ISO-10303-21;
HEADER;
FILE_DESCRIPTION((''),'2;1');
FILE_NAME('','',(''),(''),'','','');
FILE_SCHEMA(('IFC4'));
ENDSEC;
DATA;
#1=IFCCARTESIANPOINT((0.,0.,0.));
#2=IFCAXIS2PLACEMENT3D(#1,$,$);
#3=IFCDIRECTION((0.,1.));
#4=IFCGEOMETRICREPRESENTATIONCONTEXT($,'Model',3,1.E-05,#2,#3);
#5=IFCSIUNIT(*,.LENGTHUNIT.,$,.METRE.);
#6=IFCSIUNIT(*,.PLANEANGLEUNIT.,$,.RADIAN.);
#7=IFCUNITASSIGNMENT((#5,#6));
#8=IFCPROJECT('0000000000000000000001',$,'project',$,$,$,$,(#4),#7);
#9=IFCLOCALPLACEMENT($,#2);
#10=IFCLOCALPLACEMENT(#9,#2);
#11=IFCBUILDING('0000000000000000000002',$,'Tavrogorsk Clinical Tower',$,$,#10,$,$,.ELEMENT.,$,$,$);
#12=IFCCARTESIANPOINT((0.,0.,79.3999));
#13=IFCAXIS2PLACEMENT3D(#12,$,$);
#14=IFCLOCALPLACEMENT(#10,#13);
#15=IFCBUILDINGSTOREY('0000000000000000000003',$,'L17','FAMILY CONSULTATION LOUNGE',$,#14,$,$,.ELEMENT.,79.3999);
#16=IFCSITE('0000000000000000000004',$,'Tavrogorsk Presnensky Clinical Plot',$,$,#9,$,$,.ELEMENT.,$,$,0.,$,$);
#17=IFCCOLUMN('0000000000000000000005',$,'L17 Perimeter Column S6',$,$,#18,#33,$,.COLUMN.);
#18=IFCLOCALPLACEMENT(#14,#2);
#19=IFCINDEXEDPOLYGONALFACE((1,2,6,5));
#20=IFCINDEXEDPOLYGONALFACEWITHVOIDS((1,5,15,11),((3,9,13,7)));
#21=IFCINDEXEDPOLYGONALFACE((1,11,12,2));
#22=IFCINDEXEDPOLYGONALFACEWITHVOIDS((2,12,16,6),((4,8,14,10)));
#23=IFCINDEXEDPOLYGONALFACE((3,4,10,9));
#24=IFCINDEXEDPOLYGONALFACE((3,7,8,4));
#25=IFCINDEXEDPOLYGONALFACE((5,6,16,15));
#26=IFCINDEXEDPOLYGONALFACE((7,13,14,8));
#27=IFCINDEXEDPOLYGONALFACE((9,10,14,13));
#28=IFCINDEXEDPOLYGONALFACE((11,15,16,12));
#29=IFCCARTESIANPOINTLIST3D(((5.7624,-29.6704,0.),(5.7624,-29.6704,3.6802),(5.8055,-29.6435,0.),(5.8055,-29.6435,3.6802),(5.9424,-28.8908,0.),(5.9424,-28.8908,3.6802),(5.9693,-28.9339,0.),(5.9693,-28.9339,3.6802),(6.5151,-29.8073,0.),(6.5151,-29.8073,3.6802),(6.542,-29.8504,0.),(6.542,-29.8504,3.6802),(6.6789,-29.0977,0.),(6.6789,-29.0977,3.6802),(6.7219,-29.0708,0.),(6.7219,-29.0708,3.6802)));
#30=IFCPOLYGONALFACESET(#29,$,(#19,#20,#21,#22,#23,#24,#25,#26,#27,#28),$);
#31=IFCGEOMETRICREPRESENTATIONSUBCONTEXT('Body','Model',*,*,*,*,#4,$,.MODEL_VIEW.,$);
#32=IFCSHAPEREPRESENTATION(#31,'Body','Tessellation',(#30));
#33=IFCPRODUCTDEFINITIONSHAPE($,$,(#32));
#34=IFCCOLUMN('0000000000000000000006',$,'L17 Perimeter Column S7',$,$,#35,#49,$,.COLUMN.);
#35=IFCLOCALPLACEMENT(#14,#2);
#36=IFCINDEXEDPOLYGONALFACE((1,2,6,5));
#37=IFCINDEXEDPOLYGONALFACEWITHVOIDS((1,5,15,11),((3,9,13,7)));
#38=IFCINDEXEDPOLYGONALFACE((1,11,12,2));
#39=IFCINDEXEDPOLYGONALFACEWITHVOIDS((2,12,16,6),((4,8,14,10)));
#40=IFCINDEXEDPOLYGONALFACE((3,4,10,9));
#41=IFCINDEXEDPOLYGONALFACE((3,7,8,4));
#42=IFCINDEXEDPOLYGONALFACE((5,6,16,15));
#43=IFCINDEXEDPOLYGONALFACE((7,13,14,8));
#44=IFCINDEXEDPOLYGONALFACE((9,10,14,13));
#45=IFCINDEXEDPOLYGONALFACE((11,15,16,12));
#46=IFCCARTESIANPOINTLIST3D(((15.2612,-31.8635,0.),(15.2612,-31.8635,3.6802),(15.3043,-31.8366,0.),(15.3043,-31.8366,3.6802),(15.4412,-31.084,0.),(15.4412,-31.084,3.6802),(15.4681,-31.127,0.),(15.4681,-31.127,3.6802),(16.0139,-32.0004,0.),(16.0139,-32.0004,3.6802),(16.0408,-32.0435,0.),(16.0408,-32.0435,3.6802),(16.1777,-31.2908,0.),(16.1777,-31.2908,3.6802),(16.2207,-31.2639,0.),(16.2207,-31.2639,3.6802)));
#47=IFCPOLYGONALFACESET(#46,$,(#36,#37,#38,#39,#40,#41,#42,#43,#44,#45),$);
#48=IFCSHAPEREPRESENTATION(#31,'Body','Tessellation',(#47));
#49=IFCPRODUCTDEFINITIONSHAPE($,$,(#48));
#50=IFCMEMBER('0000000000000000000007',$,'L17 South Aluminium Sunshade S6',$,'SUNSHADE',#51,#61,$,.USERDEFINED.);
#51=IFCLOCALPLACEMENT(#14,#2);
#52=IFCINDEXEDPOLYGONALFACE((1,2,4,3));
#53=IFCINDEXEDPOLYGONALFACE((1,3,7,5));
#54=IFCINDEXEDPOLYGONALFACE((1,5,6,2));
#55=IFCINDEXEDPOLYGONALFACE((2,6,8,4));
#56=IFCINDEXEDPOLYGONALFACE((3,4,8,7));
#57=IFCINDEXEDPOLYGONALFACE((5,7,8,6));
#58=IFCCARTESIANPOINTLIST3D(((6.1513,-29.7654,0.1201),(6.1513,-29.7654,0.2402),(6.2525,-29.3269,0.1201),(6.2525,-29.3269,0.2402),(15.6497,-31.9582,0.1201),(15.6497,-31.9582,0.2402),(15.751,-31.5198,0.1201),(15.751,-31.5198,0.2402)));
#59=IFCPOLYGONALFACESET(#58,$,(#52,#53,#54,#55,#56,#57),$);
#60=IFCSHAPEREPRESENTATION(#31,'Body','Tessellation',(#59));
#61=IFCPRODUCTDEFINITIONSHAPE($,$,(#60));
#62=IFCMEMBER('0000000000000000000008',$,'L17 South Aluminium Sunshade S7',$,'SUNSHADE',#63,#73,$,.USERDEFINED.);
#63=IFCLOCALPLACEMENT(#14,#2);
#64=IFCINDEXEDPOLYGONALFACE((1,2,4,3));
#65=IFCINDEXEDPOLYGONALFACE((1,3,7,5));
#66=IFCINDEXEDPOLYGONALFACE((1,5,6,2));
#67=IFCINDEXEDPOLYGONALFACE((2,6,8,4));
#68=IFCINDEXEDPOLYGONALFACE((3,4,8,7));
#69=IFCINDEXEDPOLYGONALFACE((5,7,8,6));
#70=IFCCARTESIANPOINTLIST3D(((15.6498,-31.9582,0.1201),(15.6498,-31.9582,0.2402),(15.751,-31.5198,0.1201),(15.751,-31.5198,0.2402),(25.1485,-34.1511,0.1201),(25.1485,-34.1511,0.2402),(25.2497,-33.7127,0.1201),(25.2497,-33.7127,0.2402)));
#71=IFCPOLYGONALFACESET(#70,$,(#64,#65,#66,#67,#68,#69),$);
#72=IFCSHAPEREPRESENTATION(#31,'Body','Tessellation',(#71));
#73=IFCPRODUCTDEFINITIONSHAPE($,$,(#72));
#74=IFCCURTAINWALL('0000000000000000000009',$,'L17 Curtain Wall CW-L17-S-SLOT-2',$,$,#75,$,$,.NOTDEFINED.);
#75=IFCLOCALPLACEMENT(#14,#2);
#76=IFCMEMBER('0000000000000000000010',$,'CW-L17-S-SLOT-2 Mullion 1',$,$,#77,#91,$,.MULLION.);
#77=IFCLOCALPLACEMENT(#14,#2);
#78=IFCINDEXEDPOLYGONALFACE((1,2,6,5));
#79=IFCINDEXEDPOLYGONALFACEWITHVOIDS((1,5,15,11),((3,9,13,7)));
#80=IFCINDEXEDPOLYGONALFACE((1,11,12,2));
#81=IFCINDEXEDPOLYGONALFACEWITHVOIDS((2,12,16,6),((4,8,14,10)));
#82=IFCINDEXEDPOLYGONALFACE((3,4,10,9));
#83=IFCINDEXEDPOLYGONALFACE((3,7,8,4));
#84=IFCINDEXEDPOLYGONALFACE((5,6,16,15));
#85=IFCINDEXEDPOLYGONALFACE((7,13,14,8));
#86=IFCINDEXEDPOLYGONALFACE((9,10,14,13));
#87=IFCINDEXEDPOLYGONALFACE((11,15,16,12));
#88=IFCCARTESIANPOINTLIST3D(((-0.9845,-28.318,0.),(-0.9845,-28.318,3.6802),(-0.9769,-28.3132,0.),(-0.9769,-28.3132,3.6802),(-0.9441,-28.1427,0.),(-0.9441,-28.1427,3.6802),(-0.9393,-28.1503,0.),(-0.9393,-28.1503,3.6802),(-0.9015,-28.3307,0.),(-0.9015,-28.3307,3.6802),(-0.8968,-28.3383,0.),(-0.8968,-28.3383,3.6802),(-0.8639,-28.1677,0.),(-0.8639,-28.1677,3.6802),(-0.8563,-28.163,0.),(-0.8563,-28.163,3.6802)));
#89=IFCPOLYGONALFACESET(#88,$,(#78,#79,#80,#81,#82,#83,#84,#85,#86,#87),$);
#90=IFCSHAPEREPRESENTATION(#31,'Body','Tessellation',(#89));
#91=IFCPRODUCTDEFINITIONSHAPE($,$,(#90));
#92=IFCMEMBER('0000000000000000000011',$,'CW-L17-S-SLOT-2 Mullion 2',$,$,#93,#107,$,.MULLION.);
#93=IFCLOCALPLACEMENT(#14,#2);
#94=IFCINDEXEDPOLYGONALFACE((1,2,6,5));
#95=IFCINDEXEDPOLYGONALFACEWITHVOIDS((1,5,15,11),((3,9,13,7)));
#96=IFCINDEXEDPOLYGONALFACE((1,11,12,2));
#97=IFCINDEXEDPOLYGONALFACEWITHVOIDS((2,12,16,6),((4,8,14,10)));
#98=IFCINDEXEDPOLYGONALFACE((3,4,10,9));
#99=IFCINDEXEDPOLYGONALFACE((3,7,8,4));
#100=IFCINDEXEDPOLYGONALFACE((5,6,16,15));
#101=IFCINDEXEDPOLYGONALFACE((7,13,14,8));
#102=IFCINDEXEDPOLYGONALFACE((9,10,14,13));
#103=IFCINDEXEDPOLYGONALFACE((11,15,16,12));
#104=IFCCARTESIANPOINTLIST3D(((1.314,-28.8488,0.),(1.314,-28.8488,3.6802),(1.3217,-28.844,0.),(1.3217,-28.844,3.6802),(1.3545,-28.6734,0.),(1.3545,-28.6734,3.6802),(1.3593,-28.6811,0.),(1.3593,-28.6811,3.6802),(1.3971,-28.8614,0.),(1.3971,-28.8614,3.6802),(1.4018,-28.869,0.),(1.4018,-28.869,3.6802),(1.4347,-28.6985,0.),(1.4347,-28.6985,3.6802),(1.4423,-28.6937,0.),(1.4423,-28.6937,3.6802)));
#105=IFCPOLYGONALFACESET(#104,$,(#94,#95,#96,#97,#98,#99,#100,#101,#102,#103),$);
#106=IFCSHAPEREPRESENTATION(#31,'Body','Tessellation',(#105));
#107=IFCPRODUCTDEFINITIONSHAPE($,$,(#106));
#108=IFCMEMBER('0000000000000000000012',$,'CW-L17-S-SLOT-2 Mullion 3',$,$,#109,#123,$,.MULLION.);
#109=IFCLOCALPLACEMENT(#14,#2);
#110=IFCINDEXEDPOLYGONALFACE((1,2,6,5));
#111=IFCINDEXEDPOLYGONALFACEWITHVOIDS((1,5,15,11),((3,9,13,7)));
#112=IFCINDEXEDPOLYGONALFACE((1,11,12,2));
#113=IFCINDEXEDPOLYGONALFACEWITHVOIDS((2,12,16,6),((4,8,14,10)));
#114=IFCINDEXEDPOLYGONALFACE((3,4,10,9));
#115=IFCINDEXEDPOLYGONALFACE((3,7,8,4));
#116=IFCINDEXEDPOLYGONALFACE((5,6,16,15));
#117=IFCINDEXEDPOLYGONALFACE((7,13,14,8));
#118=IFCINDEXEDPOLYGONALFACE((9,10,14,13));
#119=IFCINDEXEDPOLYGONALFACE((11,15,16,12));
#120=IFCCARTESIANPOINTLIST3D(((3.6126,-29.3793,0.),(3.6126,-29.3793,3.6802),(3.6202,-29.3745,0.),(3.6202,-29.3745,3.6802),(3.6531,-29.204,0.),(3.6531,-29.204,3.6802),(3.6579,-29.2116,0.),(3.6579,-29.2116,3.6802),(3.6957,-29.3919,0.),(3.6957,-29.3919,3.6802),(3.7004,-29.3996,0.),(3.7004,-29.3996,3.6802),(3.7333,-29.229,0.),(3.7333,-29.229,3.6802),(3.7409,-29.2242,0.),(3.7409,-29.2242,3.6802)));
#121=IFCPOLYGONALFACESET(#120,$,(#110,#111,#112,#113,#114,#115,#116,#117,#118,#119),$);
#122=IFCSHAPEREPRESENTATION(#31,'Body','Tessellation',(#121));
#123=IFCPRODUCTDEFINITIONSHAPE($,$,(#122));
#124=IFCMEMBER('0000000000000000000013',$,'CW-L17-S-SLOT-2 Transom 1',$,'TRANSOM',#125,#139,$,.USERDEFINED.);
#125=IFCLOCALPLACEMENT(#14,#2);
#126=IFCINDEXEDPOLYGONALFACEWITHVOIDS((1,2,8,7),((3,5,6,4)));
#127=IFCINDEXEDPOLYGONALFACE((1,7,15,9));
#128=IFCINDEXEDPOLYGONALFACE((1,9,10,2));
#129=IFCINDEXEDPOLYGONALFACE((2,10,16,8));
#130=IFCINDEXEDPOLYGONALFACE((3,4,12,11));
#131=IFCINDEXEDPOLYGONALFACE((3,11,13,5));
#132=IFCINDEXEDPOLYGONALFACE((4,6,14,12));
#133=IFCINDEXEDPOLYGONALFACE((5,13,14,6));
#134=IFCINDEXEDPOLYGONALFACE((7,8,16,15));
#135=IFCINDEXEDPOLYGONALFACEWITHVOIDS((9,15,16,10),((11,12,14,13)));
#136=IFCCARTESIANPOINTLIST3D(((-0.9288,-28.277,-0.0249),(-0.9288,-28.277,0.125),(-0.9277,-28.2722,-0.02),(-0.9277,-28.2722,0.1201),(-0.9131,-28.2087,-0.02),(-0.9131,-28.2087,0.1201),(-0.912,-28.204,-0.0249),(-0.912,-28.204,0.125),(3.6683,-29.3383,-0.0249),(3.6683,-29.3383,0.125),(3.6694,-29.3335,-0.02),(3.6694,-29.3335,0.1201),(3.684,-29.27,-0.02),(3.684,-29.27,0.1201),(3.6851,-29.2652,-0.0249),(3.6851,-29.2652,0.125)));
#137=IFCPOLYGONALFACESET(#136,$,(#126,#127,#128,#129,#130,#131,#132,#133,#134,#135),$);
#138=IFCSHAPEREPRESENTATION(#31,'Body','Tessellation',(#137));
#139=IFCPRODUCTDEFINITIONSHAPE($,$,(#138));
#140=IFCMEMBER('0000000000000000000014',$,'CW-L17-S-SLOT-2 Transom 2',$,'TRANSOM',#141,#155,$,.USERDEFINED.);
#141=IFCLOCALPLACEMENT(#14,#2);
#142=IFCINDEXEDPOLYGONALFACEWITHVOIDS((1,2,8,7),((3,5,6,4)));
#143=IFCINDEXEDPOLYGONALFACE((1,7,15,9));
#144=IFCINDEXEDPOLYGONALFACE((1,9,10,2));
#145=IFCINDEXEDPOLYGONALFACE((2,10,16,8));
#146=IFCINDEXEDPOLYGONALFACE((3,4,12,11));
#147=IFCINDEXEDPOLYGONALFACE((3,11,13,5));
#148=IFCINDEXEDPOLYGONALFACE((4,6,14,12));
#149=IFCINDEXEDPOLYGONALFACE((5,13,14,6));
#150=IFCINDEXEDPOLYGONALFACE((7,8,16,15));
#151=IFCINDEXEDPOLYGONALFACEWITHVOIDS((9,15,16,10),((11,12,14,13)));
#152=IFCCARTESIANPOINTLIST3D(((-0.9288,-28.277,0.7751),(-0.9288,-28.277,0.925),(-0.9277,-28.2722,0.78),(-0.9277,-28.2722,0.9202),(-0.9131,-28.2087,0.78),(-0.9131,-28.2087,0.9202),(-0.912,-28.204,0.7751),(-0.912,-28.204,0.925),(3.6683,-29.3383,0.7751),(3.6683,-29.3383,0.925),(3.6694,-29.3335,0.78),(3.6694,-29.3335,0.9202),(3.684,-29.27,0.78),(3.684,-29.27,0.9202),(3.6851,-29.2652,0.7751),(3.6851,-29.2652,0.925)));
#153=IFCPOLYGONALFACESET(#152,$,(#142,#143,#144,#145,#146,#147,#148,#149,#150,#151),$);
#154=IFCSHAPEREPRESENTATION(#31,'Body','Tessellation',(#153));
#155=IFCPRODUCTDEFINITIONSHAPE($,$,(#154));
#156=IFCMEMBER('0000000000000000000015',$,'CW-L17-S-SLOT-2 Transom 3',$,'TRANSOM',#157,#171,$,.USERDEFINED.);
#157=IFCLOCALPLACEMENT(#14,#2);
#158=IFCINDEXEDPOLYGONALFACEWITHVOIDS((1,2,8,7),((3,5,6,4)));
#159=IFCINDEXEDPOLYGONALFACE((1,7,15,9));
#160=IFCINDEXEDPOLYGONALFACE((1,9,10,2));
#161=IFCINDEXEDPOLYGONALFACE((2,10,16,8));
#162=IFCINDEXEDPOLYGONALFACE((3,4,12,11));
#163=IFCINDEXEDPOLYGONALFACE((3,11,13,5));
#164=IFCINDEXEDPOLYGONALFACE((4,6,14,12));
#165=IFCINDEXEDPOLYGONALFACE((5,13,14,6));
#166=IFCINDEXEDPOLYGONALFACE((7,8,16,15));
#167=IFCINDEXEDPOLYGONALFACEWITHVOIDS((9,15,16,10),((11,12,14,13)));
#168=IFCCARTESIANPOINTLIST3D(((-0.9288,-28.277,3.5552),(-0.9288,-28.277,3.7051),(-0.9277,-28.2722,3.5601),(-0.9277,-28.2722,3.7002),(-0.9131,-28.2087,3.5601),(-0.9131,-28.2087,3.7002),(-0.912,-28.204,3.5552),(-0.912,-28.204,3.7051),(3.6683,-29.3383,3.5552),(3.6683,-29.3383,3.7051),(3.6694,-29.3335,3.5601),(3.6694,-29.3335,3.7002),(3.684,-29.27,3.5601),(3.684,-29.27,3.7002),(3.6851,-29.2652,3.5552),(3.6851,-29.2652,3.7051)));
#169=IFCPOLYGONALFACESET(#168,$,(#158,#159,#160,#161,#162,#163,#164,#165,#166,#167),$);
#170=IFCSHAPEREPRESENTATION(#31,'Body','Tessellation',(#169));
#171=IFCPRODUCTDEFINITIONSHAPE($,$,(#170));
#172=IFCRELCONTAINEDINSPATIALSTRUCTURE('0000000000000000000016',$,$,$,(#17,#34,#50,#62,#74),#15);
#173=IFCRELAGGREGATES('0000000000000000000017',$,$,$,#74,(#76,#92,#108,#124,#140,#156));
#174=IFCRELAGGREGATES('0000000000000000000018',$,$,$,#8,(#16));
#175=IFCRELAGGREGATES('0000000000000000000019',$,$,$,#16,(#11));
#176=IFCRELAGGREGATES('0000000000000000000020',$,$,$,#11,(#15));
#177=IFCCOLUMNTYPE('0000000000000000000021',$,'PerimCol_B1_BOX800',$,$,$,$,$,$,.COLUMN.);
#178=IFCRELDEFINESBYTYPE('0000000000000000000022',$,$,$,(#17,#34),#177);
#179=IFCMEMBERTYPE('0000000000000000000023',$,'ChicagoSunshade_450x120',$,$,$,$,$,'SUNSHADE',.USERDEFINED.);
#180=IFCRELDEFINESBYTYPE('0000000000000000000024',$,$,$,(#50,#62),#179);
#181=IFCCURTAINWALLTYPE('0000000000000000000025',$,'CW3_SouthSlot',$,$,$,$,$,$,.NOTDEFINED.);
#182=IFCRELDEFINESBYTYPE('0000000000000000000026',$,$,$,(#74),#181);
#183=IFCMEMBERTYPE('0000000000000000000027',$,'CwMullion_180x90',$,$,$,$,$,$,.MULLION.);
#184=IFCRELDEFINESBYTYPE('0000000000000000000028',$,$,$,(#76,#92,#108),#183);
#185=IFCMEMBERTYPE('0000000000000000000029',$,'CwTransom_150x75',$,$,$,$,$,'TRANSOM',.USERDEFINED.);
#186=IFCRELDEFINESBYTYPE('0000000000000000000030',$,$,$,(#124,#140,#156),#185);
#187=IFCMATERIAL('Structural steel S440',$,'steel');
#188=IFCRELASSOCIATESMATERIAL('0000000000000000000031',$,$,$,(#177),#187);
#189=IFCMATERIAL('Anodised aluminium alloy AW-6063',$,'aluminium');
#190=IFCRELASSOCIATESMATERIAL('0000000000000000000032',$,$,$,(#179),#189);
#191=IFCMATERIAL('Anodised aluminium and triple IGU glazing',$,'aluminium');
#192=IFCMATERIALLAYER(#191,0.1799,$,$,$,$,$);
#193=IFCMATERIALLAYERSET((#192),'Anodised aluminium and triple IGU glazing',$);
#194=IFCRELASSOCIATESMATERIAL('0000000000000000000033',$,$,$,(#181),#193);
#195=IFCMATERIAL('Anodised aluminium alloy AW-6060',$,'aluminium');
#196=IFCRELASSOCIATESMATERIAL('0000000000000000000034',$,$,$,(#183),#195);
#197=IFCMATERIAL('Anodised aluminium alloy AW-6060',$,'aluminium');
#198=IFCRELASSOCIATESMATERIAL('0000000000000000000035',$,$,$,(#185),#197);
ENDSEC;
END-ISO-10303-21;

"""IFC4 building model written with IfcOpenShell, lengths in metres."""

from ifc_helpers import new_model, si_unit, direction, frame, origin, origin_2d, place, context, subcontext, project, spatial, rectangle, hollow_rectangle, extrude, material, layer, layer_set, material_profile, profile_set, type_object, element, aggregate, save


model = new_model("IFC4")

# Units and contexts
model_context = context("Model", 3, precision=1e-05, world=origin(), true_north=direction((0.0, 1.0)))
body_context = subcontext(model_context, "Body", "Model", "MODEL_VIEW")
ifc_project = project(units=[si_unit("LENGTHUNIT", "METRE"), si_unit("PLANEANGLEUNIT", "RADIAN")], contexts=[model_context])

# Site, building, storey
site_placement = place(None, origin())
site = spatial("IfcSite", under=ifc_project, at=site_placement, Name="Tavrogorsk Presnensky Clinical Plot", CompositionType="ELEMENT", RefElevation=0.0)
building_placement = place(site_placement, origin())
building = spatial("IfcBuilding", under=site, at=building_placement, Name="Tavrogorsk Clinical Tower", CompositionType="ELEMENT")
storey_placement = place(building_placement, frame((0.0, 0.0, 79.3999)))
storey = spatial("IfcBuildingStorey", under=building, at=storey_placement, Name="L17", Description="FAMILY CONSULTATION LOUNGE", CompositionType="ELEMENT", Elevation=79.3999)

# Columns
ifc_material_1 = material(Name="Structural steel S440", Category="steel")
ifc_material_profile_1 = material_profile(ifc_material_1, hollow_rectangle(XDim=0.8, YDim=0.8, WallThickness=0.0359, at=origin_2d()), Name="BOX-800x800x36")
ifc_profile_set_1 = profile_set([ifc_material_profile_1], Name="Structural steel S440")
column_type = type_object("IfcColumnType", Name="PerimCol_B1_BOX800", PredefinedType="COLUMN", material=ifc_profile_set_1)
for number, where, z_axis, x_axis, name in (
    (1, (6.2422, -29.3706, 0.0), (0.0, 0.0, 1.0), (0.97437, -0.224951, 0.0), "L17 Perimeter Column S6"),
    (2, (15.741, -31.5637, 0.0), (0.0, 0.0, 1.0), (0.97437, -0.224951, 0.0), "L17 Perimeter Column S7"),
):
    element("IfcColumn", number, at=place(storey_placement, frame(where, z_axis=z_axis, x_axis=x_axis)), inside=storey, type_object=column_type, Name=name, PredefinedType="COLUMN", context=body_context, shape_type="SweptSolid", body=[
        extrude(hollow_rectangle(XDim=0.8, YDim=0.8, WallThickness=0.0359, at=origin_2d()), origin(), (0.0, 0.0, 1.0), 3.6802),
    ])

# Members
ifc_material_2 = material(Name="Anodised aluminium alloy AW-6063", Category="aluminium")
ifc_material_profile_2 = material_profile(ifc_material_2, rectangle(XDim=0.45, YDim=0.1201, at=origin_2d()), Name="ALU-SUNSHADE-450x120")
ifc_profile_set_2 = profile_set([ifc_material_profile_2], Name="Anodised aluminium alloy AW-6063")
member_type_1 = type_object("IfcMemberType", Name="ChicagoSunshade_450x120", ElementType="SUNSHADE", PredefinedType="USERDEFINED", material=ifc_profile_set_2)
member_1_placement = place(storey_placement, frame((6.2019, -29.5461, 0.1802), z_axis=(0.974371, -0.224947, 0.0), x_axis=(0.224947, 0.974371, 0.0)))
element("IfcMember", 3, at=member_1_placement, inside=storey, type_object=member_type_1, Name="L17 South Aluminium Sunshade S6", ObjectType="SUNSHADE", PredefinedType="USERDEFINED", context=body_context, shape_type="SweptSolid", body=[
    extrude(rectangle(XDim=0.45, YDim=0.1201, at=origin_2d()), origin(), (0.0, 0.0, 1.0), 9.7483),
])
member_2_placement = place(storey_placement, frame((15.7004, -31.739, 0.1802), z_axis=(0.974372, -0.224942, 0.0), x_axis=(0.224942, 0.974372, 0.0)))
element("IfcMember", 4, at=member_2_placement, inside=storey, type_object=member_type_1, Name="L17 South Aluminium Sunshade S7", ObjectType="SUNSHADE", PredefinedType="USERDEFINED", context=body_context, shape_type="SweptSolid", body=[
    extrude(rectangle(XDim=0.45, YDim=0.1201, at=origin_2d()), origin(), (0.0, 0.0, 1.0), 9.7485),
])

# Curtain wall, members
ifc_material_3 = material(Name="Anodised aluminium and triple IGU glazing", Category="aluminium")
ifc_layer_1 = layer(ifc_material_3, 0.1799)
ifc_layer_set_1 = layer_set([ifc_layer_1], Name="Anodised aluminium and triple IGU glazing")
curtain_wall_type = type_object("IfcCurtainWallType", Name="CW3_SouthSlot", PredefinedType="NOTDEFINED", material=ifc_layer_set_1)
curtain_wall_placement = place(storey_placement, origin())
curtain_wall = element("IfcCurtainWall", 5, at=curtain_wall_placement, inside=storey, type_object=curtain_wall_type, Name="L17 Curtain Wall CW-L17-S-SLOT-2", PredefinedType="NOTDEFINED")
ifc_material_4 = material(Name="Anodised aluminium alloy AW-6060", Category="aluminium")
ifc_material_profile_3 = material_profile(ifc_material_4, hollow_rectangle(XDim=0.0901, YDim=0.1799, WallThickness=0.0063, at=origin_2d()), Name="RHS-180x90x6.3")
ifc_profile_set_3 = profile_set([ifc_material_profile_3], Name="Anodised aluminium alloy AW-6060")
member_type_2 = type_object("IfcMemberType", Name="CwMullion_180x90", PredefinedType="MULLION", material=ifc_profile_set_3)
member_3_placement = place(storey_placement, frame((-0.9204, -28.2405, 0.0), z_axis=(0.0, 0.0, 1.0), x_axis=(0.97437, -0.224951, 0.0)))
member_3 = element("IfcMember", 6, at=member_3_placement, type_object=member_type_2, Name="CW-L17-S-SLOT-2 Mullion 1", PredefinedType="MULLION", context=body_context, shape_type="SweptSolid", body=[
    extrude(hollow_rectangle(XDim=0.0901, YDim=0.1799, WallThickness=0.0063, at=origin_2d()), origin(), (0.0, 0.0, 1.0), 3.6802),
])
member_4_placement = place(storey_placement, frame((1.3782, -28.7712, 0.0), z_axis=(0.0, 0.0, 1.0), x_axis=(0.97437, -0.224951, 0.0)))
member_4 = element("IfcMember", 7, at=member_4_placement, type_object=member_type_2, Name="CW-L17-S-SLOT-2 Mullion 2", PredefinedType="MULLION", context=body_context, shape_type="SweptSolid", body=[
    extrude(hollow_rectangle(XDim=0.0901, YDim=0.1799, WallThickness=0.0063, at=origin_2d()), origin(), (0.0, 0.0, 1.0), 3.6802),
])
member_5_placement = place(storey_placement, frame((3.6768, -29.3018, 0.0), z_axis=(0.0, 0.0, 1.0), x_axis=(0.97437, -0.224951, 0.0)))
member_5 = element("IfcMember", 8, at=member_5_placement, type_object=member_type_2, Name="CW-L17-S-SLOT-2 Mullion 3", PredefinedType="MULLION", context=body_context, shape_type="SweptSolid", body=[
    extrude(hollow_rectangle(XDim=0.0901, YDim=0.1799, WallThickness=0.0063, at=origin_2d()), origin(), (0.0, 0.0, 1.0), 3.6802),
])
ifc_material_5 = material(Name="Anodised aluminium alloy AW-6060", Category="aluminium")
ifc_material_profile_4 = material_profile(ifc_material_5, hollow_rectangle(XDim=0.075, YDim=0.1499, WallThickness=0.0049, at=origin_2d()), Name="RHS-150x75x5")
ifc_profile_set_4 = profile_set([ifc_material_profile_4], Name="Anodised aluminium alloy AW-6060")
member_type_3 = type_object("IfcMemberType", Name="CwTransom_150x75", ElementType="TRANSOM", PredefinedType="USERDEFINED", material=ifc_profile_set_4)
member_6_placement = place(storey_placement, frame((-0.9204, -28.2405, 0.05), z_axis=(0.974373, -0.224939, 0.0), x_axis=(0.224939, 0.974373, 0.0)))
member_6 = element("IfcMember", 9, at=member_6_placement, type_object=member_type_3, Name="CW-L17-S-SLOT-2 Transom 1", ObjectType="TRANSOM", PredefinedType="USERDEFINED", context=body_context, shape_type="SweptSolid", body=[
    extrude(hollow_rectangle(XDim=0.075, YDim=0.1499, WallThickness=0.0049, at=origin_2d()), origin(), (0.0, 0.0, 1.0), 4.718),
])
member_7_placement = place(storey_placement, frame((-0.9204, -28.2405, 0.8501), z_axis=(0.974373, -0.224939, 0.0), x_axis=(0.224939, 0.974373, 0.0)))
member_7 = element("IfcMember", 10, at=member_7_placement, type_object=member_type_3, Name="CW-L17-S-SLOT-2 Transom 2", ObjectType="TRANSOM", PredefinedType="USERDEFINED", context=body_context, shape_type="SweptSolid", body=[
    extrude(hollow_rectangle(XDim=0.075, YDim=0.1499, WallThickness=0.0049, at=origin_2d()), origin(), (0.0, 0.0, 1.0), 4.718),
])
member_8_placement = place(storey_placement, frame((-0.9204, -28.2405, 3.6301), z_axis=(0.974373, -0.224939, 0.0), x_axis=(0.224939, 0.974373, 0.0)))
member_8 = element("IfcMember", 11, at=member_8_placement, type_object=member_type_3, Name="CW-L17-S-SLOT-2 Transom 3", ObjectType="TRANSOM", PredefinedType="USERDEFINED", context=body_context, shape_type="SweptSolid", body=[
    extrude(hollow_rectangle(XDim=0.075, YDim=0.1499, WallThickness=0.0049, at=origin_2d()), origin(), (0.0, 0.0, 1.0), 4.718),
])

aggregate(curtain_wall, [member_3, member_4, member_5, member_6, member_7, member_8])

save(model, "model.ifc")
